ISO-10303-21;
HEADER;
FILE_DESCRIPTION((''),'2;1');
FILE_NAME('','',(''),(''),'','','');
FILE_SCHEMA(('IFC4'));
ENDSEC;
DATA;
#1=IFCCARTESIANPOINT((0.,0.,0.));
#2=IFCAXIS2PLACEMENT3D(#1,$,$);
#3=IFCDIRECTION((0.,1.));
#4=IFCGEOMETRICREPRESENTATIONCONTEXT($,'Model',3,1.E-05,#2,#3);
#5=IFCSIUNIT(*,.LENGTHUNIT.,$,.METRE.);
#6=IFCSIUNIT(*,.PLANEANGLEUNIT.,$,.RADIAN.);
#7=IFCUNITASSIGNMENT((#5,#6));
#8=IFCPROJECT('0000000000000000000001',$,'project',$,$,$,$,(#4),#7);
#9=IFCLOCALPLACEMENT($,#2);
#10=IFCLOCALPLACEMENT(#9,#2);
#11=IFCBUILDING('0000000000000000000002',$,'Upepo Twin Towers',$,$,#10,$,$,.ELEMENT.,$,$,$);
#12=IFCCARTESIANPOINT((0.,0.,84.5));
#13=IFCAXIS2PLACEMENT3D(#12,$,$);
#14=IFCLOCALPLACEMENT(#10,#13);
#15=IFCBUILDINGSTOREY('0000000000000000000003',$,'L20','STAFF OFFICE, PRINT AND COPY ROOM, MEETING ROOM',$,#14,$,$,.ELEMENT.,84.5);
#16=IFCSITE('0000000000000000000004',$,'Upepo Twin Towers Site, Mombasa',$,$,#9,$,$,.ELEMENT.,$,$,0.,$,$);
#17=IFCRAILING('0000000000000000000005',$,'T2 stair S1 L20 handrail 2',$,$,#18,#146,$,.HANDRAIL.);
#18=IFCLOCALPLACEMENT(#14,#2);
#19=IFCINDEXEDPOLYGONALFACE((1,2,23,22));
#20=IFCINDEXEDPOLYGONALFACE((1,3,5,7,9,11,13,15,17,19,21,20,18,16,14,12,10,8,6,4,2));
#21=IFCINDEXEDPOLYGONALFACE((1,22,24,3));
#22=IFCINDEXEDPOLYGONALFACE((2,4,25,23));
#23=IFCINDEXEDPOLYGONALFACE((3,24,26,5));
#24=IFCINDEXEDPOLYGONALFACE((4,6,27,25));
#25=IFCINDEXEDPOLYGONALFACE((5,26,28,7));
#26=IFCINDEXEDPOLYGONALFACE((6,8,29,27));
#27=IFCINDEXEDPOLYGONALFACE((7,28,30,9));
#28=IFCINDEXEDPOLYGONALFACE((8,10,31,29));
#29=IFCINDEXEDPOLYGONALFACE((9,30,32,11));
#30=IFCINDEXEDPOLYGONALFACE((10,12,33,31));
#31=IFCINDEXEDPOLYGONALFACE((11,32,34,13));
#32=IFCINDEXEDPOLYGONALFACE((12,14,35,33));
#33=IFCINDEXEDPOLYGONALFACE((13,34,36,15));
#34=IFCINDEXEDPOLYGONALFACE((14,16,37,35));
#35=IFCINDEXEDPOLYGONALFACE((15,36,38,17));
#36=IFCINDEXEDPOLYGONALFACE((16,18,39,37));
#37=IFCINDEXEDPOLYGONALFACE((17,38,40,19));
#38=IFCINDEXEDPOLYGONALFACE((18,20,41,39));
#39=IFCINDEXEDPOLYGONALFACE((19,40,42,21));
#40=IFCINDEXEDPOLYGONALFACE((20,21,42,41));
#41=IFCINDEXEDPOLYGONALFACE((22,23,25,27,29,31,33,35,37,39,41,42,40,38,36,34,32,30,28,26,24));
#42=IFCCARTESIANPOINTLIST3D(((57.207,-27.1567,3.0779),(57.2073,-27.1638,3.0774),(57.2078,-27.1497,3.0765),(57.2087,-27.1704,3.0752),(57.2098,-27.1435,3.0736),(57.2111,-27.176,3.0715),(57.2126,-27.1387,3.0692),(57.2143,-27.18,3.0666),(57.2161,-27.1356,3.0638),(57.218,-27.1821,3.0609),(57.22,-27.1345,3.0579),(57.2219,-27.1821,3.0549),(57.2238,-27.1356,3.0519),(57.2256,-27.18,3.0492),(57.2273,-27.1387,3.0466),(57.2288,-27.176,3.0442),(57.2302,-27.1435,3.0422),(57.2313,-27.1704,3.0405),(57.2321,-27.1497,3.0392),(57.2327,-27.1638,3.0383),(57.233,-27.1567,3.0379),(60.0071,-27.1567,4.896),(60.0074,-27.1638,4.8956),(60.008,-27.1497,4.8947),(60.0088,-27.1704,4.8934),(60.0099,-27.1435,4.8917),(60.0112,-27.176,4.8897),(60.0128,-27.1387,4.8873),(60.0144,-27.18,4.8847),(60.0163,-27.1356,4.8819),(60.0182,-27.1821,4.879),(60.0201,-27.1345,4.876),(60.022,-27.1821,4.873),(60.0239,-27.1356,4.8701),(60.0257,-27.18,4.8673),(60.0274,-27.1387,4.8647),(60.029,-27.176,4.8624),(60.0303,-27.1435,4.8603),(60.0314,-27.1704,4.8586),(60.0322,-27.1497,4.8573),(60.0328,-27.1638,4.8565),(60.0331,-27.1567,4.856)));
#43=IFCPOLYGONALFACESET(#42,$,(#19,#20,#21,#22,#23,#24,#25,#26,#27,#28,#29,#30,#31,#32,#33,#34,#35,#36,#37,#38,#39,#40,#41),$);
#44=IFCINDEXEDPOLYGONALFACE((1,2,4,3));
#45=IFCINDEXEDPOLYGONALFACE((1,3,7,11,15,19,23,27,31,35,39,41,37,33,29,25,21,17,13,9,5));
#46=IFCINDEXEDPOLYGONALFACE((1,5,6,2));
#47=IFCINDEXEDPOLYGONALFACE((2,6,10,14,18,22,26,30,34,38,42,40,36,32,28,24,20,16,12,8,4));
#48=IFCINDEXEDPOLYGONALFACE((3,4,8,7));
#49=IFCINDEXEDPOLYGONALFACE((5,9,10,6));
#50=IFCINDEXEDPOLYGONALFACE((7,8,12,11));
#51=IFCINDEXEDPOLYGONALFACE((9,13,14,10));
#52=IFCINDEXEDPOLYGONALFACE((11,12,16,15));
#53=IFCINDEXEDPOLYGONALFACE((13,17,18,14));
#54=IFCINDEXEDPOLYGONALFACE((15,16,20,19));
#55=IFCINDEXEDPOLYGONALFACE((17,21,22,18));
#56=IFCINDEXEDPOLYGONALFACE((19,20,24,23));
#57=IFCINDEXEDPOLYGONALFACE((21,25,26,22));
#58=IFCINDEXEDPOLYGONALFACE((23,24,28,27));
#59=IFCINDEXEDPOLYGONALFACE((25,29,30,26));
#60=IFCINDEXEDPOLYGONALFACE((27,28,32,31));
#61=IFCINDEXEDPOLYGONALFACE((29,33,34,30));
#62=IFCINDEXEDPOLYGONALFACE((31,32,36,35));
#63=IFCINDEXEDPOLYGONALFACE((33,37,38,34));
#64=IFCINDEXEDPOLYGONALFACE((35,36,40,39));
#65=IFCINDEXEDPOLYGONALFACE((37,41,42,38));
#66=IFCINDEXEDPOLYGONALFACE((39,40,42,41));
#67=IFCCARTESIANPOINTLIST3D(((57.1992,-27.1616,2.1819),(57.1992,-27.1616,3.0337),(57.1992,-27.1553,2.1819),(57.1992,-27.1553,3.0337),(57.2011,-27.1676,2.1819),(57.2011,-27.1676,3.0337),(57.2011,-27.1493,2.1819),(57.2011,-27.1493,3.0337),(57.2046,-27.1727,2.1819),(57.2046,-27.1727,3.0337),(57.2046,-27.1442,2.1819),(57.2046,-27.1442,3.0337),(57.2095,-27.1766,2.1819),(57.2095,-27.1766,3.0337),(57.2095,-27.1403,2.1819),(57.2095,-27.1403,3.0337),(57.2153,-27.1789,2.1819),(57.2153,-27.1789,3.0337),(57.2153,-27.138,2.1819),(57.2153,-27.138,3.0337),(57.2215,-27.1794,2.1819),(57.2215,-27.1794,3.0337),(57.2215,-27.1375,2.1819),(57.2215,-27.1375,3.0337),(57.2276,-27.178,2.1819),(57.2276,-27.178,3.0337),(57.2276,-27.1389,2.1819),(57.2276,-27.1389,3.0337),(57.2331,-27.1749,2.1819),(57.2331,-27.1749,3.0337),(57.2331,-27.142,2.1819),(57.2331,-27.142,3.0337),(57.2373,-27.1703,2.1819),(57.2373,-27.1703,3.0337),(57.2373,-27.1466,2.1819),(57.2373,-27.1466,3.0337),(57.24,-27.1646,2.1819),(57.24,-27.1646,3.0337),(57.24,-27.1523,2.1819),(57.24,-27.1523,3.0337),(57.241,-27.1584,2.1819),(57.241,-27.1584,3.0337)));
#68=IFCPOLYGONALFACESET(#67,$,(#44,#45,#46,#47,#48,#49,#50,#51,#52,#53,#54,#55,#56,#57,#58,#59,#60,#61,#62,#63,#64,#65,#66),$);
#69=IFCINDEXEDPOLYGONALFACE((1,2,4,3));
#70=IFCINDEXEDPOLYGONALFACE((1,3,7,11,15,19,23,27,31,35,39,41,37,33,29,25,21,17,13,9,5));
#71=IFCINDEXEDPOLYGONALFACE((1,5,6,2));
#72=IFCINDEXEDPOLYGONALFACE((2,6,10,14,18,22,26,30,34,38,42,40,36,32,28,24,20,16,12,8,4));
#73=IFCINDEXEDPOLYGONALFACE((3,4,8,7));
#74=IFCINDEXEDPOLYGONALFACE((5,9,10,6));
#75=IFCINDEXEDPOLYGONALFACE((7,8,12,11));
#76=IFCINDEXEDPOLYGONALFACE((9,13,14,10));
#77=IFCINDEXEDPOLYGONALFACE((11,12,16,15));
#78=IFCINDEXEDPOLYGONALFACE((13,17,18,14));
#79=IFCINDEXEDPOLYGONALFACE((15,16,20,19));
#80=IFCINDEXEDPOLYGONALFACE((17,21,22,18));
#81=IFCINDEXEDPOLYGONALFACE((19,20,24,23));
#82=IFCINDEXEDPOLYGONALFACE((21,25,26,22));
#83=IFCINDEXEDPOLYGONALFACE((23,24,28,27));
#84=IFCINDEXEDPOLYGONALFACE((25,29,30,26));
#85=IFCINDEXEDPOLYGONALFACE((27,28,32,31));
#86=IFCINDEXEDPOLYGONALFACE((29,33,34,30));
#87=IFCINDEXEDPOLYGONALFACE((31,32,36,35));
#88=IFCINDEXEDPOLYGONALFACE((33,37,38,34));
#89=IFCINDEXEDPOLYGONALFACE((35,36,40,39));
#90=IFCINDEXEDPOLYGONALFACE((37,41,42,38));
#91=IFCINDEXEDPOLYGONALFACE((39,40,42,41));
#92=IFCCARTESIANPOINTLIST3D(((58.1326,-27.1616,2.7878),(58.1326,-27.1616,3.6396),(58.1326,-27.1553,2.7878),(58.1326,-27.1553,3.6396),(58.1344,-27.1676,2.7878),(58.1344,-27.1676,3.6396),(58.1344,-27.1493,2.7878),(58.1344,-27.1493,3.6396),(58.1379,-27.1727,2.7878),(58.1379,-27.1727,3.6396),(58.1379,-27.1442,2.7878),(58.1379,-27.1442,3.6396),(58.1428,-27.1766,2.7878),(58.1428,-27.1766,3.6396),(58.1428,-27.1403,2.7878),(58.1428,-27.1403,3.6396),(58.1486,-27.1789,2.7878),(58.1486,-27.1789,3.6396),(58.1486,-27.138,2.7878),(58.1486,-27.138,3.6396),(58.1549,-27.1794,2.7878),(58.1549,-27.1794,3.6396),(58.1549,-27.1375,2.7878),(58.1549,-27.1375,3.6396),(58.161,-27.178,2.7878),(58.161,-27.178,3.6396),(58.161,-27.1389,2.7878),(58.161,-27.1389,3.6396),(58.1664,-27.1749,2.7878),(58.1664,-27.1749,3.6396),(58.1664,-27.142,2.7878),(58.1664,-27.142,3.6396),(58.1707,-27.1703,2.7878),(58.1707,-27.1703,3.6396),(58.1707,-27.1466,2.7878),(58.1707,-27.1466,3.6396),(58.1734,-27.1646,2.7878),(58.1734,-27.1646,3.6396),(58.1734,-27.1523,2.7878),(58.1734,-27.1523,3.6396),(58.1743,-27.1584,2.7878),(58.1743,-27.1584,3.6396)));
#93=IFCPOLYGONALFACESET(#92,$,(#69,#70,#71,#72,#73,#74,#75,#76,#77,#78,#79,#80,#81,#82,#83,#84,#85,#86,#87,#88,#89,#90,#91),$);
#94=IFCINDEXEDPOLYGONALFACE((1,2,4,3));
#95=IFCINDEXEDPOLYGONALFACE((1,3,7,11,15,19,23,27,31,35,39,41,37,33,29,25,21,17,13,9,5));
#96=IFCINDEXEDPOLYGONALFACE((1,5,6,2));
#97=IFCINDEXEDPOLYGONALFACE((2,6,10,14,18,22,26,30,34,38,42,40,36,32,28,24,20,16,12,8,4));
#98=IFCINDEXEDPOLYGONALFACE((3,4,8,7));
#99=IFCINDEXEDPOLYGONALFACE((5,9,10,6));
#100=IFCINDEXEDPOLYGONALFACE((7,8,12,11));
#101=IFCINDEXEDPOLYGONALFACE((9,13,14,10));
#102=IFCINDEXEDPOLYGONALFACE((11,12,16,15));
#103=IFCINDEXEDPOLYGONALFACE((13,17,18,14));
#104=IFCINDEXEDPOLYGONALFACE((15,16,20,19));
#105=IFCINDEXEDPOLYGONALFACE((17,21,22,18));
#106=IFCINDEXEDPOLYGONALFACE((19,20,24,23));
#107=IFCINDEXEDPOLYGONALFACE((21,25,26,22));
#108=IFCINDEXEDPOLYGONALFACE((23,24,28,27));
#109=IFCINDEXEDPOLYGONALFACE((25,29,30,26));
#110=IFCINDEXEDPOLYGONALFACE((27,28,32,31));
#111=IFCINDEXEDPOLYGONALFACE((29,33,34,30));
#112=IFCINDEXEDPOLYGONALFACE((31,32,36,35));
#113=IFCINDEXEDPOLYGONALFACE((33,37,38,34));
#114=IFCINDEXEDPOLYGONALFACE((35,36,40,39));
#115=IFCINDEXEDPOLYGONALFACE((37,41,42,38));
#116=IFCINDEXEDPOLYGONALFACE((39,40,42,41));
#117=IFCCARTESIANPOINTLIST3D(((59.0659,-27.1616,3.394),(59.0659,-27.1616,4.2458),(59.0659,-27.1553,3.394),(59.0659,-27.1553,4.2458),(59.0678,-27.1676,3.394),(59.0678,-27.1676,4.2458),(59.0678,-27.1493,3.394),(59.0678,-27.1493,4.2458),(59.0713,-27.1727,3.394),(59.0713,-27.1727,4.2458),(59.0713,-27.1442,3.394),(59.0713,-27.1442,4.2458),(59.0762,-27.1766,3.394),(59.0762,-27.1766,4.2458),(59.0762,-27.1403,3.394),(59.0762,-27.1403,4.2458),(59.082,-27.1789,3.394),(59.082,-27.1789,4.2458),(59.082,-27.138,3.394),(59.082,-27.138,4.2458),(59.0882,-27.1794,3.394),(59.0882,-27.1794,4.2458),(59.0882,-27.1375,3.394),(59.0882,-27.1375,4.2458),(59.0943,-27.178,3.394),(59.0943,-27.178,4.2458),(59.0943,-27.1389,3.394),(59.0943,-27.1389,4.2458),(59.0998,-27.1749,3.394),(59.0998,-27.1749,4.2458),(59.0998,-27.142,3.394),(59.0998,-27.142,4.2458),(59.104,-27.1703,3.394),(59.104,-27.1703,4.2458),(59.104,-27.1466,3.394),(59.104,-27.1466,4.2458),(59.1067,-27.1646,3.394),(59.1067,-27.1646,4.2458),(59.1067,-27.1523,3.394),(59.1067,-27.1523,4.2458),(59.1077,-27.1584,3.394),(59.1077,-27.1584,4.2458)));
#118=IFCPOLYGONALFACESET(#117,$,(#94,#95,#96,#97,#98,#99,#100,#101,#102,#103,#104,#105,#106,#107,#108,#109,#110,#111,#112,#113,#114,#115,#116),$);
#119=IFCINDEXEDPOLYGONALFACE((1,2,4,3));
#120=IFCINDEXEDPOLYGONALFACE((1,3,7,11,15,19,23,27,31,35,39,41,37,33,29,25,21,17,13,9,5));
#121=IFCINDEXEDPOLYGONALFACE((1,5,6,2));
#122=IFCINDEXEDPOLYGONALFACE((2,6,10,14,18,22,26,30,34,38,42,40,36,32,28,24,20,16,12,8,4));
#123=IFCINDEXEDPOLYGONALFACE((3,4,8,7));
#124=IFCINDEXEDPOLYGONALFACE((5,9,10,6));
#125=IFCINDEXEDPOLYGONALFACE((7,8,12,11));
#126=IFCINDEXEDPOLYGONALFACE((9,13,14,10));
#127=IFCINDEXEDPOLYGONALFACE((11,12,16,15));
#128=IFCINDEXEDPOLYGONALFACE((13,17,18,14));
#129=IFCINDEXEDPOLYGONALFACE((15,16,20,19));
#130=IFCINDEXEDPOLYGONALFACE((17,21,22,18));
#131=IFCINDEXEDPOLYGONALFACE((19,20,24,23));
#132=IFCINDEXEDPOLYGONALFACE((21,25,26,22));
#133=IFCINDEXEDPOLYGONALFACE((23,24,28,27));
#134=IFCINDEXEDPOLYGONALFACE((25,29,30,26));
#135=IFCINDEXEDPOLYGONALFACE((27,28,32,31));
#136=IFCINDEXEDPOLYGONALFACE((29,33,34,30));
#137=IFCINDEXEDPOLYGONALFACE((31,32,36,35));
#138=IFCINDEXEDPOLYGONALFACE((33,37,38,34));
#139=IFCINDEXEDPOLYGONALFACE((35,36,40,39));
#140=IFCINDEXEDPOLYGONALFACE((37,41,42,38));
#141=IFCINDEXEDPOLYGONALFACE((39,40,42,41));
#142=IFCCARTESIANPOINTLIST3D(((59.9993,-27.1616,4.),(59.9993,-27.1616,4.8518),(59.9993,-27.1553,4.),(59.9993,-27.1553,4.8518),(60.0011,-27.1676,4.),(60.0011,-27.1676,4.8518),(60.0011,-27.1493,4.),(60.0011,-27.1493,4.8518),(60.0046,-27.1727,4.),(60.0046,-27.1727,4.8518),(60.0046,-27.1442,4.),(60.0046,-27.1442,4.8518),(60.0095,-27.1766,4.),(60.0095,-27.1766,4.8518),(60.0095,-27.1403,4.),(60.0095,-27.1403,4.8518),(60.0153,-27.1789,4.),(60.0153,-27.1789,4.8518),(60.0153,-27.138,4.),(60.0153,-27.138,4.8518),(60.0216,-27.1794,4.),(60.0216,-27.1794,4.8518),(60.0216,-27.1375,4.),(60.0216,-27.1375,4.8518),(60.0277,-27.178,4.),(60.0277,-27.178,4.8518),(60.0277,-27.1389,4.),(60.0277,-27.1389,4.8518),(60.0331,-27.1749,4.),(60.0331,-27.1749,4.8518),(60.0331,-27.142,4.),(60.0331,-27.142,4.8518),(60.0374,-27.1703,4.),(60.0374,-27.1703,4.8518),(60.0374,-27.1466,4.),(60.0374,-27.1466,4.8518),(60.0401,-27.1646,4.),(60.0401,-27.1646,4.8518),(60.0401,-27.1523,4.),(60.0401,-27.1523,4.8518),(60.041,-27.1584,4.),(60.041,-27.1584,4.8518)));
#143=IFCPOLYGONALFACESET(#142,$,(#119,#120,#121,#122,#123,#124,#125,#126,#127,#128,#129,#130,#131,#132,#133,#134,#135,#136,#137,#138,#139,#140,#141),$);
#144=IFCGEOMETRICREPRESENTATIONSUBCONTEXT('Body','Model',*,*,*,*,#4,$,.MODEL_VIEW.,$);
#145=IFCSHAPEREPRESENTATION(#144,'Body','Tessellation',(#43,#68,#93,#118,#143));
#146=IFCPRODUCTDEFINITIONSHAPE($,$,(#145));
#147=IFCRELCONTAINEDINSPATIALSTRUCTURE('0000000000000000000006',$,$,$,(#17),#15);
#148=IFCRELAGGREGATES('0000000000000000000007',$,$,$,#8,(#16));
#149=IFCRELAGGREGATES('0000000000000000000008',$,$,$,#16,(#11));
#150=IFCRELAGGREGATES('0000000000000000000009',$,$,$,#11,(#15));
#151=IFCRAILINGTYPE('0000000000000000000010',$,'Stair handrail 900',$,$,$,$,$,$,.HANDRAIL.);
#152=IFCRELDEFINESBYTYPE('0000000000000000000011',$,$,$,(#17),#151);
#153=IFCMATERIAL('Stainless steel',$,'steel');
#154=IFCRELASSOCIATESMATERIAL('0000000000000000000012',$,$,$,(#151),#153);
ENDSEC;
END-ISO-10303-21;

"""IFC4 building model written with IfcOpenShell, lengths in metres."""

from ifc_helpers import new_model, si_unit, direction, frame, origin, origin_2d, place, context, subcontext, project, spatial, circle, extrude, material, type_object, element, save


model = new_model("IFC4")

# Units and contexts
model_context = context("Model", 3, precision=1e-05, world=origin(), true_north=direction((0.0, 1.0)))
body_context = subcontext(model_context, "Body", "Model", "MODEL_VIEW")
ifc_project = project(units=[si_unit("LENGTHUNIT", "METRE"), si_unit("PLANEANGLEUNIT", "RADIAN")], contexts=[model_context])

# Site, building, storey
site_placement = place(None, origin())
site = spatial("IfcSite", under=ifc_project, at=site_placement, Name="Upepo Twin Towers Site, Mombasa", CompositionType="ELEMENT", RefElevation=0.0)
building_placement = place(site_placement, origin())
building = spatial("IfcBuilding", under=site, at=building_placement, Name="Upepo Twin Towers", CompositionType="ELEMENT")
storey_placement = place(building_placement, frame((0.0, 0.0, 84.5)))
storey = spatial("IfcBuildingStorey", under=building, at=storey_placement, Name="L20", Description="STAFF OFFICE, PRINT AND COPY ROOM, MEETING ROOM", CompositionType="ELEMENT", Elevation=84.5)

# Railing
ifc_material_1 = material(Name="Stainless steel", Category="steel")
railing_type = type_object("IfcRailingType", Name="Stair handrail 900", PredefinedType="HANDRAIL", material=ifc_material_1)
railing_1_placement = place(storey_placement, frame((57.22, -27.1584, 2.1819)))
element("IfcRailing", 1, at=railing_1_placement, inside=storey, type_object=railing_type, Name="T2 stair S1 L20 handrail 2", PredefinedType="HANDRAIL", context=body_context, shape_type="SweptSolid", body=[
    extrude(circle(Radius=0.0239, at=origin_2d()), frame((0.0, 0.0, 0.876), z_axis=(0.838706, 0.0, 0.544585), x_axis=(0.0, 1.0, 0.0)), (0.0, 0.0, 1.0), 3.3386),
    extrude(circle(Radius=0.021, at=origin_2d()), origin(), (0.0, 0.0, 1.0), 0.8518),
    extrude(circle(Radius=0.021, at=origin_2d()), frame((0.9333, 0.0, 0.606)), (0.0, 0.0, 1.0), 0.8518),
    extrude(circle(Radius=0.021, at=origin_2d()), frame((1.8667, 0.0, 1.2122)), (0.0, 0.0, 1.0), 0.8518),
    extrude(circle(Radius=0.021, at=origin_2d()), frame((2.8, 0.0, 1.8181)), (0.0, 0.0, 1.0), 0.8518),
])

save(model, "model.ifc")
